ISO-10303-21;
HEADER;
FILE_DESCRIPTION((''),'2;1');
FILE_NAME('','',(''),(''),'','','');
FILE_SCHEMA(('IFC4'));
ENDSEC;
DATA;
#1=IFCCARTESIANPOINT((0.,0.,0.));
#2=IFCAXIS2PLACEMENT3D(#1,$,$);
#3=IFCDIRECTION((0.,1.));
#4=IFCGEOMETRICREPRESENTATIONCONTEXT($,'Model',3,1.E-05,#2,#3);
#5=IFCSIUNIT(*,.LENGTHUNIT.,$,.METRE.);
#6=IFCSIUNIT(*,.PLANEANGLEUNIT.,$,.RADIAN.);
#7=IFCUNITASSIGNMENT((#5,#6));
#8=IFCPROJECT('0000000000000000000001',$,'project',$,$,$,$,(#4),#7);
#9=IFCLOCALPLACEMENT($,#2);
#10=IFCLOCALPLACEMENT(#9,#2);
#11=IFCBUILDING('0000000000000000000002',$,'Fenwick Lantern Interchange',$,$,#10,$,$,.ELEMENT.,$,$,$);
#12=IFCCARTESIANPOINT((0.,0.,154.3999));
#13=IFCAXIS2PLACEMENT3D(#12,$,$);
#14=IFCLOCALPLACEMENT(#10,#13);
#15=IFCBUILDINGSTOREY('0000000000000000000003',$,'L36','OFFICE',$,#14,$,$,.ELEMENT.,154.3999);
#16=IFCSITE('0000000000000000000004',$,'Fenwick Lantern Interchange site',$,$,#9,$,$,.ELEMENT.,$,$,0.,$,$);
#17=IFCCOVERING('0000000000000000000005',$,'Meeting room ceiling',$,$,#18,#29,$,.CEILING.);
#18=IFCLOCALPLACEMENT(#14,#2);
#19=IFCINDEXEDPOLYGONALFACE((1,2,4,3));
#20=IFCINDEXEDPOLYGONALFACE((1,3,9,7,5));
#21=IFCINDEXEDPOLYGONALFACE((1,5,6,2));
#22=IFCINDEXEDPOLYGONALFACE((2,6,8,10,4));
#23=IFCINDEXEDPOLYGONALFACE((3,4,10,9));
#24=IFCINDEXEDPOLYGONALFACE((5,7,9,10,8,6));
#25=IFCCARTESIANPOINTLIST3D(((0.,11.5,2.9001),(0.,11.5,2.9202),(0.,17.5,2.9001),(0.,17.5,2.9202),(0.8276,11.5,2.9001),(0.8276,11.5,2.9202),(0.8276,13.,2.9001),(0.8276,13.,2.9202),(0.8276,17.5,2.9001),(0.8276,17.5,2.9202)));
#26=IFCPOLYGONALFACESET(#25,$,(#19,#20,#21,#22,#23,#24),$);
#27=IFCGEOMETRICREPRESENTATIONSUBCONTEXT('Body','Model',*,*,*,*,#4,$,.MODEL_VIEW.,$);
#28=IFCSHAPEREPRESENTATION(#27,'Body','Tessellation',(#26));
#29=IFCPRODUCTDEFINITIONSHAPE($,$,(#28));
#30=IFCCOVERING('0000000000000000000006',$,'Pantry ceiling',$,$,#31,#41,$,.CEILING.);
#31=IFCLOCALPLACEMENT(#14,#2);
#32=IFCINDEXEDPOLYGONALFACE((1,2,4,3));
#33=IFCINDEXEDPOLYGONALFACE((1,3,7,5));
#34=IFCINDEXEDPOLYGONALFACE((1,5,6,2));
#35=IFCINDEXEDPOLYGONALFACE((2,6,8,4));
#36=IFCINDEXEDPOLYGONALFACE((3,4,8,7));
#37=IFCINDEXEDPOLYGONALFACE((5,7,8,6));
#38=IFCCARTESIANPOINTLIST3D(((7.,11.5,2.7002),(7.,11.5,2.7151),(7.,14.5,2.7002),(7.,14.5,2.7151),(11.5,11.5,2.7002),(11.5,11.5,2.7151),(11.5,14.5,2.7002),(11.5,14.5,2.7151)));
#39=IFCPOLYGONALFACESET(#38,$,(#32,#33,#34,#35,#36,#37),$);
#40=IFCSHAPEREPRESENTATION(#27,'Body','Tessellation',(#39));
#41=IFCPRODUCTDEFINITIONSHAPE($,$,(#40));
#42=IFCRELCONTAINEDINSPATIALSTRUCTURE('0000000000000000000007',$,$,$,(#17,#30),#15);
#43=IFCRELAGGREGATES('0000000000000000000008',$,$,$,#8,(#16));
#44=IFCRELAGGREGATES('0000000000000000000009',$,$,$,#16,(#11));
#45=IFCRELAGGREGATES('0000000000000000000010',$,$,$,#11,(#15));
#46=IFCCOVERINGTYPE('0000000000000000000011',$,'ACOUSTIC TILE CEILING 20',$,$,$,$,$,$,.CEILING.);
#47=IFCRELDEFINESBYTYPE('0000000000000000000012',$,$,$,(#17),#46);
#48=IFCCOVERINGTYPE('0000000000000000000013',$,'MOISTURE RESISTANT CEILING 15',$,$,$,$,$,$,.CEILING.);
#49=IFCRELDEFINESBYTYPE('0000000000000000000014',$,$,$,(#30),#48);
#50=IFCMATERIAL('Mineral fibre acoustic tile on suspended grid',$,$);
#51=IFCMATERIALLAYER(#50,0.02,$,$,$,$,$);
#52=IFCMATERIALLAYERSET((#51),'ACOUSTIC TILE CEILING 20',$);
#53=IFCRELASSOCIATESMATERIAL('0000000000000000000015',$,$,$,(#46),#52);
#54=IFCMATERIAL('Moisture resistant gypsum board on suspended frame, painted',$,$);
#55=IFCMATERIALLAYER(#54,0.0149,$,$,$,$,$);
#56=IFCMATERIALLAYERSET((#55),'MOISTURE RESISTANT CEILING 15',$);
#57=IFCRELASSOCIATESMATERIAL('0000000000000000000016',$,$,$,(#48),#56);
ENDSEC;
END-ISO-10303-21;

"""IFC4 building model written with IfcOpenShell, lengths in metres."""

from ifc_helpers import new_model, si_unit, direction, frame, origin, place, context, subcontext, project, spatial, polyline, outline, extrude, material, layer, layer_set, type_object, element, save


model = new_model("IFC4")

# Units and contexts
model_context = context("Model", 3, precision=1e-05, world=origin(), true_north=direction((0.0, 1.0)))
body_context = subcontext(model_context, "Body", "Model", "MODEL_VIEW")
ifc_project = project(units=[si_unit("LENGTHUNIT", "METRE"), si_unit("PLANEANGLEUNIT", "RADIAN")], contexts=[model_context])

# Site, building, storey
site_placement = place(None, origin())
site = spatial("IfcSite", under=ifc_project, at=site_placement, Name="Fenwick Lantern Interchange site", CompositionType="ELEMENT", RefElevation=0.0)
building_placement = place(site_placement, origin())
building = spatial("IfcBuilding", under=site, at=building_placement, Name="Fenwick Lantern Interchange", CompositionType="ELEMENT")
storey_placement = place(building_placement, frame((0.0, 0.0, 154.3999)))
storey = spatial("IfcBuildingStorey", under=building, at=storey_placement, Name="L36", Description="OFFICE", CompositionType="ELEMENT", Elevation=154.3999)

# Coverings
ifc_material_1 = material(Name="Mineral fibre acoustic tile on suspended grid")
ifc_layer_1 = layer(ifc_material_1, 0.02)
ifc_layer_set_1 = layer_set([ifc_layer_1], Name="ACOUSTIC TILE CEILING 20")
covering_type_1 = type_object("IfcCoveringType", Name="ACOUSTIC TILE CEILING 20", PredefinedType="CEILING", material=ifc_layer_set_1)
covering_1_placement = place(storey_placement, frame((0.0, 0.0, 2.9001)))
element("IfcCovering", 1, at=covering_1_placement, inside=storey, type_object=covering_type_1, Name="Meeting room ceiling", PredefinedType="CEILING", context=body_context, shape_type="SweptSolid", body=[
    extrude(outline(polyline([(0.0, 11.5), (0.8276, 11.5), (0.8276, 13.0), (0.8276, 17.5), (0.0, 17.5), (0.0, 11.5)])), origin(), (0.0, 0.0, 1.0), 0.02),
])
ifc_material_2 = material(Name="Moisture resistant gypsum board on suspended frame, painted")
ifc_layer_2 = layer(ifc_material_2, 0.0149)
ifc_layer_set_2 = layer_set([ifc_layer_2], Name="MOISTURE RESISTANT CEILING 15")
covering_type_2 = type_object("IfcCoveringType", Name="MOISTURE RESISTANT CEILING 15", PredefinedType="CEILING", material=ifc_layer_set_2)
covering_2_placement = place(storey_placement, frame((0.0, 0.0, 2.7002)))
element("IfcCovering", 2, at=covering_2_placement, inside=storey, type_object=covering_type_2, Name="Pantry ceiling", PredefinedType="CEILING", context=body_context, shape_type="SweptSolid", body=[
    extrude(outline(polyline([(7.0, 14.5), (7.0, 11.5), (11.5, 11.5), (11.5, 14.5), (7.0, 14.5)])), origin(), (0.0, 0.0, 1.0), 0.0149),
])

save(model, "model.ifc")
